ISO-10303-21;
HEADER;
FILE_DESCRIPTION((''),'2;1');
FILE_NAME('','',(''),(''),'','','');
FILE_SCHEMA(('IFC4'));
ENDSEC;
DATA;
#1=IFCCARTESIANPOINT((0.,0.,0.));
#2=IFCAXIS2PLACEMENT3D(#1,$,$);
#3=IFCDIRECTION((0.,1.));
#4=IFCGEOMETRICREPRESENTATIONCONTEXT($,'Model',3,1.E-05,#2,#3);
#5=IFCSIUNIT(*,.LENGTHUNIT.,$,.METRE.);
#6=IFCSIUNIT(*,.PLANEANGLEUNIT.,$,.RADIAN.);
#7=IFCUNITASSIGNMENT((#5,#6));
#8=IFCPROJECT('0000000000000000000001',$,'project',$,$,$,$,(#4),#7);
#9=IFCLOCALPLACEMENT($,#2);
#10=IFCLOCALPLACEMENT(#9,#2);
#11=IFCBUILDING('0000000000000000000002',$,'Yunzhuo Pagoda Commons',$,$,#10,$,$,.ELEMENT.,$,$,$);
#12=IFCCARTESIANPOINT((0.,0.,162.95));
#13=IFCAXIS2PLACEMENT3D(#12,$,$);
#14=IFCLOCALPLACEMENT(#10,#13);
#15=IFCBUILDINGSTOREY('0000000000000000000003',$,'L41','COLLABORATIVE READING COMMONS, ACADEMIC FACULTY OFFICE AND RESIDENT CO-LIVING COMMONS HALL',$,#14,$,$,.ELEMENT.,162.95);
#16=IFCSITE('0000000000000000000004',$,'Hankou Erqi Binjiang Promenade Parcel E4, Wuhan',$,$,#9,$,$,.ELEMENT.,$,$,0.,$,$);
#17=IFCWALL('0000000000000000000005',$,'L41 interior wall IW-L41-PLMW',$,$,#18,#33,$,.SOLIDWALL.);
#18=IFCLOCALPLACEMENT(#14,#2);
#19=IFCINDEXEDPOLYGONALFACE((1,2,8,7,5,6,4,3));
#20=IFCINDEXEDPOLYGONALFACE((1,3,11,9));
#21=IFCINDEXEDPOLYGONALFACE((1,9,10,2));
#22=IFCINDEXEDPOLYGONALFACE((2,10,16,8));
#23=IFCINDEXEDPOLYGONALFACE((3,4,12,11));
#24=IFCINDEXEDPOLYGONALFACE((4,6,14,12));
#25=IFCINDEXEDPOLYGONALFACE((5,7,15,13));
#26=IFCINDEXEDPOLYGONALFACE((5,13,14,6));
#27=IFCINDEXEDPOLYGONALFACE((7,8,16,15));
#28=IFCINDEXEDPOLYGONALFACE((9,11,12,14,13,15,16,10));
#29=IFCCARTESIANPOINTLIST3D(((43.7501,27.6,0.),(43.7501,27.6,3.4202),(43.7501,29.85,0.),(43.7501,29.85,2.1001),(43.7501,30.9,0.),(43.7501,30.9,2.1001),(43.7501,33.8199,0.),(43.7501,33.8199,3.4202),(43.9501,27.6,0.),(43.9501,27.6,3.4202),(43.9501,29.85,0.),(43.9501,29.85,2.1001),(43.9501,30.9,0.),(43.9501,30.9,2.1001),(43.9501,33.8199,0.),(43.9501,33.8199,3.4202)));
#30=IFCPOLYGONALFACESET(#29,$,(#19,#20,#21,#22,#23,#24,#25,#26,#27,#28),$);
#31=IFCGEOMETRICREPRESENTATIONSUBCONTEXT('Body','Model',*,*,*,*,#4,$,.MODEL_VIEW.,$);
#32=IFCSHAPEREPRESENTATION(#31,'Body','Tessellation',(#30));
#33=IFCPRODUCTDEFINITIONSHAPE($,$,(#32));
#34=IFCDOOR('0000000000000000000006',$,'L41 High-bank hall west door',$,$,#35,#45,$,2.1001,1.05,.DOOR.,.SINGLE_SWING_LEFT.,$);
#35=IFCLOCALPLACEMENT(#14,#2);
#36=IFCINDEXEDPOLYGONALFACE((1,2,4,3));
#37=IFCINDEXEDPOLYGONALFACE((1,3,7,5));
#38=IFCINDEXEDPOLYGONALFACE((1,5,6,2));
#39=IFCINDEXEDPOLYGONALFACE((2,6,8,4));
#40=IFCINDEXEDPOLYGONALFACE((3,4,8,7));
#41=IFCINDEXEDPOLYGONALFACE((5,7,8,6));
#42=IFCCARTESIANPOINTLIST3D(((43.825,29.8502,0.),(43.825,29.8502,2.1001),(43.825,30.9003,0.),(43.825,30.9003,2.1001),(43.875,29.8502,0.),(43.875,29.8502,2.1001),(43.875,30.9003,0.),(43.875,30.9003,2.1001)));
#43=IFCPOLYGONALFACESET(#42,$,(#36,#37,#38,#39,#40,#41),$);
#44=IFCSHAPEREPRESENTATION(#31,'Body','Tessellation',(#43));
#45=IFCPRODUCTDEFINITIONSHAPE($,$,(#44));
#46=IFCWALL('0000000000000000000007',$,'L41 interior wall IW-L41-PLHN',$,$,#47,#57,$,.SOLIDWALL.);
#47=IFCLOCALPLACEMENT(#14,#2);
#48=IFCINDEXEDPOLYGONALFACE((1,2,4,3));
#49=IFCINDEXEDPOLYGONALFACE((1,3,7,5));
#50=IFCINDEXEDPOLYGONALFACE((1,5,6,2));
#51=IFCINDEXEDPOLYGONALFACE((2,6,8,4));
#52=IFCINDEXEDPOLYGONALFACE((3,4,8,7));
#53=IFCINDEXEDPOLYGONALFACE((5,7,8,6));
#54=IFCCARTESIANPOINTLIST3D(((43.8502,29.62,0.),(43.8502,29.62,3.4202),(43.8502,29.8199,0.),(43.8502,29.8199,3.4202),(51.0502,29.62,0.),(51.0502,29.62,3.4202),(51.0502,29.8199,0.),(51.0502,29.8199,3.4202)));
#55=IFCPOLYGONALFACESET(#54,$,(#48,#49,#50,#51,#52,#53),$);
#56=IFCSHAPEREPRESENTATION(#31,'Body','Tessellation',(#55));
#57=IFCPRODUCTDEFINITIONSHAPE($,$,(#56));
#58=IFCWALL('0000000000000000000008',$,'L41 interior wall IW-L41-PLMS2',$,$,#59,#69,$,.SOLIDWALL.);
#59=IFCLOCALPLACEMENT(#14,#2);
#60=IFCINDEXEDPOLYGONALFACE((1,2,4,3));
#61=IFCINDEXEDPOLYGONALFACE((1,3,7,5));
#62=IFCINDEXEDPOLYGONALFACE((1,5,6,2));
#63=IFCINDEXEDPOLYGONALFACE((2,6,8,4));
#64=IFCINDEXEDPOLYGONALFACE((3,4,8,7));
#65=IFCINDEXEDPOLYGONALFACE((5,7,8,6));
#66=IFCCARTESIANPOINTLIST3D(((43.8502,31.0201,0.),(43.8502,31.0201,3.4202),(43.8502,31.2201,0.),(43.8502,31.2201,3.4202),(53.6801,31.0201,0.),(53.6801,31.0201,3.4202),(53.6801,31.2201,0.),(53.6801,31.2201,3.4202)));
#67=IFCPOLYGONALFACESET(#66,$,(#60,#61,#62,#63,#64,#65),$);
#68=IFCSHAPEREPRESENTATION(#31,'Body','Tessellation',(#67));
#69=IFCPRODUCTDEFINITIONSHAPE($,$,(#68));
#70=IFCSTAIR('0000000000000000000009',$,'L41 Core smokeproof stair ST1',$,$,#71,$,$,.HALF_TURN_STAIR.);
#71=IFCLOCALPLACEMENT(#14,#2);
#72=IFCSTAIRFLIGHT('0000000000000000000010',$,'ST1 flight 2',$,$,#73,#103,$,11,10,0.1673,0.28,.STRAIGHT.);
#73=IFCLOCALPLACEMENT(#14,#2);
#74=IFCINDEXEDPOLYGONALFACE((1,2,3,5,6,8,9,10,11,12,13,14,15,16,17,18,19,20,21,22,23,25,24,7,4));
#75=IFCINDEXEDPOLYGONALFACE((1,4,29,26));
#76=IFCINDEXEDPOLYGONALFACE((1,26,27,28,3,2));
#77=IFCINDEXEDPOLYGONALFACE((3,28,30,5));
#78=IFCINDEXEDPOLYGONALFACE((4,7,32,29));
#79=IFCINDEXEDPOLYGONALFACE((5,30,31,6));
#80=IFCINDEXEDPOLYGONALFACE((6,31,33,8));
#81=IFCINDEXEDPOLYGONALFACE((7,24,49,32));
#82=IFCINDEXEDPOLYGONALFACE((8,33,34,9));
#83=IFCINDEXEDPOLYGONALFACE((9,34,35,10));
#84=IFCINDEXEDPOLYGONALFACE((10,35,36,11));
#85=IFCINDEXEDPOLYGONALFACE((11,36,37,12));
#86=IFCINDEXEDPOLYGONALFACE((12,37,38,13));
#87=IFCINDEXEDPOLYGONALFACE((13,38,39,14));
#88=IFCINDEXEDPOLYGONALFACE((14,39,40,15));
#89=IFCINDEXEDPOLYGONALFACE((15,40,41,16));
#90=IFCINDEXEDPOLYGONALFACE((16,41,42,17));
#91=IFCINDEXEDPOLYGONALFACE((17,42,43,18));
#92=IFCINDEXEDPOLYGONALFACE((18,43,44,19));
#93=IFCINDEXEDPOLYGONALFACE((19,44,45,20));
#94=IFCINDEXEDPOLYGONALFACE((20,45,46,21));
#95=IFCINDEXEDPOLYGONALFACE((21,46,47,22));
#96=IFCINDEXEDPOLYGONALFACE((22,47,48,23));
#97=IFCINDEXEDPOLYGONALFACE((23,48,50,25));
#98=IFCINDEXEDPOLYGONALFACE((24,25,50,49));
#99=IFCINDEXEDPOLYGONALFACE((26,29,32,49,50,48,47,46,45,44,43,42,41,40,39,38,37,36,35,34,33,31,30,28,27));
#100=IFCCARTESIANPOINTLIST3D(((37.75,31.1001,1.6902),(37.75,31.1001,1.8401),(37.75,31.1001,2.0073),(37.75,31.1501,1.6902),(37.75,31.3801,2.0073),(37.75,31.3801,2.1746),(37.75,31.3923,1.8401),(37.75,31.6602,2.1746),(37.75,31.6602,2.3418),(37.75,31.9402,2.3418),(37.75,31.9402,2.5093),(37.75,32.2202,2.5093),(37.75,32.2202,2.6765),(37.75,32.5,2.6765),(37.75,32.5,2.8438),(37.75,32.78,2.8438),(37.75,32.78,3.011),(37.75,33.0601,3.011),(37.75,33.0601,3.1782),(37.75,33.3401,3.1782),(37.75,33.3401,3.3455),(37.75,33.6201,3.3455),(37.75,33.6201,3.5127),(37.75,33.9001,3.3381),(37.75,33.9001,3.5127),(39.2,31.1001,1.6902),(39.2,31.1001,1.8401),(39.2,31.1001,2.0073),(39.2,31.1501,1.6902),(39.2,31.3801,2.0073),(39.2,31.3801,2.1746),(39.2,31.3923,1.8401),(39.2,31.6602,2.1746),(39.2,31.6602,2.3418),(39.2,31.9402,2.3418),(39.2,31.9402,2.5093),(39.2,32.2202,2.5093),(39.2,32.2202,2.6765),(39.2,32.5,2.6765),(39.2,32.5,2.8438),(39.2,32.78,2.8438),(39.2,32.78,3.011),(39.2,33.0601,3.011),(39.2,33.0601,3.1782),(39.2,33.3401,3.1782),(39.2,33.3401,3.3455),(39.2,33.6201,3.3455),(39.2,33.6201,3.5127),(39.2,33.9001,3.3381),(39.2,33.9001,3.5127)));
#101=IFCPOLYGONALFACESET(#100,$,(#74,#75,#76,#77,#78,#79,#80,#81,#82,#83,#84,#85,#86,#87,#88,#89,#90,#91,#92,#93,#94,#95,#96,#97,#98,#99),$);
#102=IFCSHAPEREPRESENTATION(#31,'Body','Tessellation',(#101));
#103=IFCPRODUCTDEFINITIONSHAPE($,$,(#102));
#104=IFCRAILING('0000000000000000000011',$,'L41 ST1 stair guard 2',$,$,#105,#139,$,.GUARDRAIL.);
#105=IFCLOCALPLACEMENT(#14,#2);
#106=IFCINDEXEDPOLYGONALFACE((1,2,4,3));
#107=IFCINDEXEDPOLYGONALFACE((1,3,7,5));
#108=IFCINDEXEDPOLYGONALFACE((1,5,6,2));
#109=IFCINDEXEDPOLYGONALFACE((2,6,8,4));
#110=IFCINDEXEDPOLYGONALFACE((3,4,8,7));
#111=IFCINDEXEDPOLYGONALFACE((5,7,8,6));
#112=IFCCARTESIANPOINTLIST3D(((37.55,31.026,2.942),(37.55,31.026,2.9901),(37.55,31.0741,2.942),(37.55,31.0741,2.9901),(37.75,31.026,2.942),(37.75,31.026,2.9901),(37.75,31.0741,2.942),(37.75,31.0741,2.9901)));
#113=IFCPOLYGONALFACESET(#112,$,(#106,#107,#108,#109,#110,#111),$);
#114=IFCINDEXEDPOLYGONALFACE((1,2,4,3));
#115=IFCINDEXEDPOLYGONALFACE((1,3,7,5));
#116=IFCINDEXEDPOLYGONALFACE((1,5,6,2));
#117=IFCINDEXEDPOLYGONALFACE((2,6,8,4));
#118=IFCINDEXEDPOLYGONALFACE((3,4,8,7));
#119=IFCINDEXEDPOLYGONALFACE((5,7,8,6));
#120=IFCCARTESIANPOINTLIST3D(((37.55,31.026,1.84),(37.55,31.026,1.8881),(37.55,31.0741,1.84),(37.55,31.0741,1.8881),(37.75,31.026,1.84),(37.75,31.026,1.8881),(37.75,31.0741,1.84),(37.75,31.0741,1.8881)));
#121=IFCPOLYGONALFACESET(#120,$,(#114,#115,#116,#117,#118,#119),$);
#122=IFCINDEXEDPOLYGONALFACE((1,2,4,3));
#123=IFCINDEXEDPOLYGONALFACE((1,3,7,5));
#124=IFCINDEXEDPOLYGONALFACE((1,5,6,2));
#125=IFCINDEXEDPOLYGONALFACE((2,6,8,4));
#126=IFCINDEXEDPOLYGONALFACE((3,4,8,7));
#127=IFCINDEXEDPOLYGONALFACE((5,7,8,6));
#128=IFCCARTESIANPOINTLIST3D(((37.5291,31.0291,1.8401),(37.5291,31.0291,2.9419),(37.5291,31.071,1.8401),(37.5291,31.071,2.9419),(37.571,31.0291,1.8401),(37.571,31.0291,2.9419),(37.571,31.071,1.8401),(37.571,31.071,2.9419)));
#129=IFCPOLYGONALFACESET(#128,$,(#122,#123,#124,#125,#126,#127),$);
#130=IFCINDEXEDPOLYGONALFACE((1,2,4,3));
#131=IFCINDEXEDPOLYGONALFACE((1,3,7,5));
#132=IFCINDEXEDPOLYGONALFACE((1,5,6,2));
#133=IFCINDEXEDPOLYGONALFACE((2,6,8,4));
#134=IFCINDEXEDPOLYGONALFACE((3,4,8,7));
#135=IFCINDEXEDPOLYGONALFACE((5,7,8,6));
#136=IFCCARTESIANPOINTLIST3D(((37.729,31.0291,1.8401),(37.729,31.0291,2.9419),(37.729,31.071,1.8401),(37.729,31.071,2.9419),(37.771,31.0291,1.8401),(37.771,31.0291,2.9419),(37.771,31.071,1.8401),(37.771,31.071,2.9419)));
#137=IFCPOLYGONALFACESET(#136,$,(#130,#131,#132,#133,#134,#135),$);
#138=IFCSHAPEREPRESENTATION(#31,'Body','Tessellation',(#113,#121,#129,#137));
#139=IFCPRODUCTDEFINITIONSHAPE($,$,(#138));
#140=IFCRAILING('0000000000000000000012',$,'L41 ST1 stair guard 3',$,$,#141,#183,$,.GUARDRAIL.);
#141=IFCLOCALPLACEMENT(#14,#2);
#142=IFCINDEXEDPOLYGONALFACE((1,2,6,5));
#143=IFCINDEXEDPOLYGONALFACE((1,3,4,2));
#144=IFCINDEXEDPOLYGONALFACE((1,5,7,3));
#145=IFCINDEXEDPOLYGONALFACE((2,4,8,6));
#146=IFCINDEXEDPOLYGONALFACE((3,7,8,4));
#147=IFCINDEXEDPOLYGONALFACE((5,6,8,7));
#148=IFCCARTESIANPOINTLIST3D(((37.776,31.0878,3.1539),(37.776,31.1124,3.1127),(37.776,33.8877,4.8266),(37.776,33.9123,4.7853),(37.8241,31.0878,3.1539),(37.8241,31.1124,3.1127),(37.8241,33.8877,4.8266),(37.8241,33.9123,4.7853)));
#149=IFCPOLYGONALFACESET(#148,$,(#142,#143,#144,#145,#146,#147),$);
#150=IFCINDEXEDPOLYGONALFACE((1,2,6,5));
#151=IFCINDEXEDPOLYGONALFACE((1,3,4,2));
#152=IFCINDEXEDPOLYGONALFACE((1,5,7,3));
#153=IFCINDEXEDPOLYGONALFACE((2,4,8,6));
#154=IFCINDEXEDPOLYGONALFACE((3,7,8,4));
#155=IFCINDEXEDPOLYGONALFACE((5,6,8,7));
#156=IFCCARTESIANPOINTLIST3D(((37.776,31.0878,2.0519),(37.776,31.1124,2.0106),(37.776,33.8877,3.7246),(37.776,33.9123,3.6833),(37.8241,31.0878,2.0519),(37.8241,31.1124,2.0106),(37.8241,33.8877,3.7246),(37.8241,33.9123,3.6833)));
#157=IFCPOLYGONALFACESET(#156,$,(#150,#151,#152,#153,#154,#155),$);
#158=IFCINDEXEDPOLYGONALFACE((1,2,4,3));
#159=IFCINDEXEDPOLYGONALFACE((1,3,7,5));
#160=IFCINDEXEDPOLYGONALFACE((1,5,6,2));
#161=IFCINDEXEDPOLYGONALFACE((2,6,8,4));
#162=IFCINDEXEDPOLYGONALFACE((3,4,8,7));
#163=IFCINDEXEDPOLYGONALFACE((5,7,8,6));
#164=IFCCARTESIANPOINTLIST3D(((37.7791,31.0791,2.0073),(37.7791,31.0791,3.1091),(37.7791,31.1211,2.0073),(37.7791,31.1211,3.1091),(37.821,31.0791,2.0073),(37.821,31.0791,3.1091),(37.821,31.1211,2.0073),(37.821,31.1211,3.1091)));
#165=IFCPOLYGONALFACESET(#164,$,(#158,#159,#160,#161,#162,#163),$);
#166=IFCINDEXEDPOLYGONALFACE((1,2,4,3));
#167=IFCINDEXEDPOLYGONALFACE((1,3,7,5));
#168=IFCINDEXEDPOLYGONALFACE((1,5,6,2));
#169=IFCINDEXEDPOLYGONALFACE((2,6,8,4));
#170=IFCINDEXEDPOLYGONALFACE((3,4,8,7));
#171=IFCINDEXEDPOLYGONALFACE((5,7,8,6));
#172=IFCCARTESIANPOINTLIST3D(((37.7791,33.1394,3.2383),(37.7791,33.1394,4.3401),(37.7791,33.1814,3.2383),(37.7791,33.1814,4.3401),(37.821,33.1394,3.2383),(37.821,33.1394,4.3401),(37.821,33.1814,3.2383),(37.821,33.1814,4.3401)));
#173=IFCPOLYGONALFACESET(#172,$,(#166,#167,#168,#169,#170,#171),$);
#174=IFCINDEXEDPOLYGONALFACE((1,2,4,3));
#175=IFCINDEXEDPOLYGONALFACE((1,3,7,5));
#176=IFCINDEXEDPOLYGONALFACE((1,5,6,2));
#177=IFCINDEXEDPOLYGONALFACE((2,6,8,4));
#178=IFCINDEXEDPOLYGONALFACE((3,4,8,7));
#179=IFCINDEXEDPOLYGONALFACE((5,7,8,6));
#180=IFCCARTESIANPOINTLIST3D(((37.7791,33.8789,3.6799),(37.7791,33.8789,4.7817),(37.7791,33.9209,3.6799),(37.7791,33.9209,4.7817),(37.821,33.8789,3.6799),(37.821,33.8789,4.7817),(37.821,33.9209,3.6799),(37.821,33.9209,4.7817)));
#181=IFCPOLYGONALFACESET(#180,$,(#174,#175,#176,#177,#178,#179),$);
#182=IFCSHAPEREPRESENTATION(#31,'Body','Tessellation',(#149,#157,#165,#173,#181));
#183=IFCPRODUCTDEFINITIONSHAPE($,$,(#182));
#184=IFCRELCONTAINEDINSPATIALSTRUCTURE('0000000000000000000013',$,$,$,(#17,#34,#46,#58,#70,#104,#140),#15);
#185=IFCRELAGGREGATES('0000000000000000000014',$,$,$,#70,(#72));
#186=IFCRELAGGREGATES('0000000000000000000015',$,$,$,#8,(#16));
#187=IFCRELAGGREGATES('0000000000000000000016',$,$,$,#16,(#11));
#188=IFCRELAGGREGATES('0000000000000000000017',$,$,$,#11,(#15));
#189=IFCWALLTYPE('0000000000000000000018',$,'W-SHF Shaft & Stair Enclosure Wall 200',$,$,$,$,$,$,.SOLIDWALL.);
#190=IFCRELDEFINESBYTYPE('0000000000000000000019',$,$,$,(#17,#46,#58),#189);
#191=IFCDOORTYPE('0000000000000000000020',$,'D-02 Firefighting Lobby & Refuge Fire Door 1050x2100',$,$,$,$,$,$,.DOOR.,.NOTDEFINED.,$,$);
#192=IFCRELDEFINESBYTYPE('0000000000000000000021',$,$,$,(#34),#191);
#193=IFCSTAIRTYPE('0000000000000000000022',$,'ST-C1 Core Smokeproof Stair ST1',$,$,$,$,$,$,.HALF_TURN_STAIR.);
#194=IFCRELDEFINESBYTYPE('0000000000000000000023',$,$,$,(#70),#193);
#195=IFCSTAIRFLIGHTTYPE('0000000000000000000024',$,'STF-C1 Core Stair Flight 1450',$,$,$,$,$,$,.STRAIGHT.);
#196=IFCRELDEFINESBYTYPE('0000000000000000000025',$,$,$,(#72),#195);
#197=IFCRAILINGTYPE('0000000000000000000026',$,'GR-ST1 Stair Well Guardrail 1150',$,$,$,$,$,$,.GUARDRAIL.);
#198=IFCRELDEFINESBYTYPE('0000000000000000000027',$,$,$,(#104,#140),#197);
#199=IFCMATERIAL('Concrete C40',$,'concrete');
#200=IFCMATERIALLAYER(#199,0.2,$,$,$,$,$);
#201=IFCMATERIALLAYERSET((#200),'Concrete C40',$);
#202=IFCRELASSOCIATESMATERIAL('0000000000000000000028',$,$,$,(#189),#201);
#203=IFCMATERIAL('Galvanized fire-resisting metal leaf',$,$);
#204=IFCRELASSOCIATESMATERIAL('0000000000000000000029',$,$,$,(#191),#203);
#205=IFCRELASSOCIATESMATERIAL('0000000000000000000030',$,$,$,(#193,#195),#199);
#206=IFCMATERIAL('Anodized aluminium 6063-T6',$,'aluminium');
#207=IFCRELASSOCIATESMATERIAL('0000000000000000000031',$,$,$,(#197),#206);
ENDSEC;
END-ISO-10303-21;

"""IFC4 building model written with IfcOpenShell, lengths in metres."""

from ifc_helpers import new_model, si_unit, direction, frame, frame_2d, origin, origin_2d, place, context, subcontext, project, spatial, polyline, rectangle, outline, extrude, source, transform, mapped, material, layer, layer_set, type_object, element, fill, aggregate, save


model = new_model("IFC4")

# Units and contexts
model_context = context("Model", 3, precision=1e-05, world=origin(), true_north=direction((0.0, 1.0)))
body_context = subcontext(model_context, "Body", "Model", "MODEL_VIEW")
ifc_project = project(units=[si_unit("LENGTHUNIT", "METRE"), si_unit("PLANEANGLEUNIT", "RADIAN")], contexts=[model_context])

# Site, building, storey
site_placement = place(None, origin())
site = spatial("IfcSite", under=ifc_project, at=site_placement, Name="Hankou Erqi Binjiang Promenade Parcel E4, Wuhan", CompositionType="ELEMENT", RefElevation=0.0)
building_placement = place(site_placement, origin())
building = spatial("IfcBuilding", under=site, at=building_placement, Name="Yunzhuo Pagoda Commons", CompositionType="ELEMENT")
storey_placement = place(building_placement, frame((0.0, 0.0, 162.95)))
storey = spatial("IfcBuildingStorey", under=building, at=storey_placement, Name="L41", Description="COLLABORATIVE READING COMMONS, ACADEMIC FACULTY OFFICE AND RESIDENT CO-LIVING COMMONS HALL", CompositionType="ELEMENT", Elevation=162.95)

# Shared definitions
ifc_material_1 = material(Name="Galvanized fire-resisting metal leaf")

# Wall, opening, door
ifc_material_2 = material(Name="Concrete C40", Category="concrete")
ifc_layer_1 = layer(ifc_material_2, 0.2)
ifc_layer_set_1 = layer_set([ifc_layer_1], Name="Concrete C40")
wall_type_1 = type_object("IfcWallType", Name="W-SHF Shaft & Stair Enclosure Wall 200", PredefinedType="SOLIDWALL", material=ifc_layer_set_1)
wall_1_placement = place(storey_placement, frame((43.8501, 27.6001, 0.0), z_axis=(0.0, 0.0, 1.0), x_axis=(0.0, 1.0, 0.0)))
wall_1 = element("IfcWall", 1, at=wall_1_placement, inside=storey, type_object=wall_type_1, Name="L41 interior wall IW-L41-PLMW", PredefinedType="SOLIDWALL", context=body_context, shape_type="SweptSolid", body=[
    extrude(rectangle(XDim=6.22, YDim=0.2, at=frame_2d((3.1099, 0.0))), origin(), (0.0, 0.0, 1.0), 3.4202),
])
opening_1_placement = place(wall_1_placement, frame((2.25, 0.0, 0.0)))
opening_1 = element("IfcOpeningElement", 2, at=opening_1_placement, cuts=wall_1, PredefinedType="OPENING", context=body_context, shape_type="SweptSolid", body=[
    extrude(rectangle(XDim=1.05, YDim=2.1001, at=frame_2d((0.5249, 1.05))), frame((0.0, 0.1099, 0.0), z_axis=(0.0, -1.0, 0.0), x_axis=(1.0, 0.0, 0.0)), (0.0, 0.0, 1.0), 0.22),
])
door_type_1 = type_object("IfcDoorType", Name="D-02 Firefighting Lobby & Refuge Fire Door 1050x2100", OperationType="NOTDEFINED", PredefinedType="DOOR", material=ifc_material_1)
shared_shape_1 = source(origin(), body_context, "Body", "SweptSolid", [
    extrude(rectangle(XDim=1.05, YDim=2.1001, at=frame_2d((0.5249, 1.05))), frame((0.0, 0.0249, 0.0), z_axis=(0.0, -1.0, 0.0), x_axis=(1.0, 0.0, 0.0)), (0.0, 0.0, 1.0), 0.05),
])
door_1_placement = place(opening_1_placement, frame((1.05, 0.0, 0.0), z_axis=(0.0, 0.0, 1.0), x_axis=(-1.0, 0.0, 0.0)))
door_1 = element("IfcDoor", 3, at=door_1_placement, inside=storey, type_object=door_type_1, Name="L41 High-bank hall west door", OperationType="SINGLE_SWING_LEFT", OverallHeight=2.1001, OverallWidth=1.05, PredefinedType="DOOR", context=body_context, shape_type="MappedRepresentation", body=[
    mapped(shared_shape_1, transform((0.0, 0.0, 0.0), scale=1.0)),
])
fill(opening_1, door_1)

# Walls
wall_2_placement = place(storey_placement, frame((43.8501, 29.72, 0.0), z_axis=(0.0, 0.0, 1.0), x_axis=(1.0, 0.0, 0.0)))
element("IfcWall", 4, at=wall_2_placement, inside=storey, type_object=wall_type_1, Name="L41 interior wall IW-L41-PLHN", PredefinedType="SOLIDWALL", context=body_context, shape_type="SweptSolid", body=[
    extrude(rectangle(XDim=7.2, YDim=0.2, at=frame_2d((3.6001, 0.0))), origin(), (0.0, 0.0, 1.0), 3.4202),
])
wall_3_placement = place(storey_placement, frame((43.8501, 31.1201, 0.0), z_axis=(0.0, 0.0, 1.0), x_axis=(1.0, 0.0, 0.0)))
element("IfcWall", 5, at=wall_3_placement, inside=storey, type_object=wall_type_1, Name="L41 interior wall IW-L41-PLMS2", PredefinedType="SOLIDWALL", context=body_context, shape_type="SweptSolid", body=[
    extrude(rectangle(XDim=9.8298, YDim=0.2, at=frame_2d((4.915, 0.0))), origin(), (0.0, 0.0, 1.0), 3.4202),
])

# Stair, stair flight
stair_type = type_object("IfcStairType", Name="ST-C1 Core Smokeproof Stair ST1", PredefinedType="HALF_TURN_STAIR", material=ifc_material_2)
stair_placement = place(storey_placement, origin())
stair = element("IfcStair", 6, at=stair_placement, inside=storey, type_object=stair_type, Name="L41 Core smokeproof stair ST1", PredefinedType="HALF_TURN_STAIR")
stair_flight_type = type_object("IfcStairFlightType", Name="STF-C1 Core Stair Flight 1450", PredefinedType="STRAIGHT", material=ifc_material_2)
shared_shape_2 = source(origin(), body_context, "Body", "SweptSolid", [
    extrude(outline(polyline([(0.0, -0.1499), (0.0, 0.0), (0.0, 0.1672), (0.28, 0.1672), (0.28, 0.3345), (0.5601, 0.3345), (0.5601, 0.5017), (0.8401, 0.5017), (0.8401, 0.6692), (1.1201, 0.6692), (1.1201, 0.8364), (1.3999, 0.8364), (1.3999, 1.0037), (1.6799, 1.0037), (1.6799, 1.1709), (1.96, 1.1709), (1.96, 1.3381), (2.24, 1.3381), (2.24, 1.5054), (2.52, 1.5054), (2.52, 1.6726), (2.8, 1.6726), (2.8, 1.8401), (2.8, 1.498), (0.2922, 0.0), (0.05, -0.1499), (0.0, -0.1499)])), frame((0.0, 0.7251, 0.0), z_axis=(0.0, -1.0, 0.0), x_axis=(1.0, 0.0, 0.0)), (0.0, 0.0, 1.0), 1.45),
])
stair_flight_placement = place(storey_placement, frame((38.4751, 31.1001, 1.8401), z_axis=(0.0, 0.0, 1.0), x_axis=(0.0, 1.0, 0.0)))
stair_flight = element("IfcStairFlight", 7, at=stair_flight_placement, type_object=stair_flight_type, Name="ST1 flight 2", NumberOfRisers=11, NumberOfTreads=10, PredefinedType="STRAIGHT", RiserHeight=0.1673, TreadLength=0.28, context=body_context, shape_type="MappedRepresentation", body=[
    mapped(shared_shape_2, transform((0.0, 0.0, 0.0), scale=1.0)),
])
aggregate(stair, [stair_flight])

# Railings
ifc_material_3 = material(Name="Anodized aluminium 6063-T6", Category="aluminium")
railing_type_1 = type_object("IfcRailingType", Name="GR-ST1 Stair Well Guardrail 1150", PredefinedType="GUARDRAIL", material=ifc_material_3)
railing_1_placement = place(storey_placement, frame((37.55, 31.05, 1.8401)))
element("IfcRailing", 8, at=railing_1_placement, inside=storey, type_object=railing_type_1, Name="L41 ST1 stair guard 2", PredefinedType="GUARDRAIL", context=body_context, shape_type="SweptSolid", body=[
    extrude(rectangle(XDim=0.0481, YDim=0.0481, at=origin_2d()), frame((0.0, 0.0, 1.126), z_axis=(1.0, 0.0, 0.0), x_axis=(0.0, 1.0, 0.0)), (0.0, 0.0, 1.0), 0.2),
    extrude(rectangle(XDim=0.0481, YDim=0.0481, at=origin_2d()), frame((0.0, 0.0, 0.0239), z_axis=(1.0, 0.0, 0.0), x_axis=(0.0, 1.0, 0.0)), (0.0, 0.0, 1.0), 0.2),
    extrude(rectangle(XDim=0.042, YDim=0.042, at=origin_2d()), origin(), (0.0, 0.0, 1.0), 1.1018),
    extrude(rectangle(XDim=0.042, YDim=0.042, at=origin_2d()), frame((0.2, 0.0, 0.0)), (0.0, 0.0, 1.0), 1.1018),
])
railing_2_placement = place(storey_placement, frame((37.8, 31.1001, 2.0073)))
element("IfcRailing", 9, at=railing_2_placement, inside=storey, type_object=railing_type_1, Name="L41 ST1 stair guard 3", PredefinedType="GUARDRAIL", context=body_context, shape_type="SweptSolid", body=[
    extrude(rectangle(XDim=0.0481, YDim=0.0481, at=origin_2d()), frame((0.0, 0.0, 1.126), z_axis=(0.0, 0.858476, 0.512855), x_axis=(-1.0, 0.0, 0.0)), (0.0, 0.0, 1.0), 3.2615),
    extrude(rectangle(XDim=0.0481, YDim=0.0481, at=origin_2d()), frame((0.0, 0.0, 0.0239), z_axis=(0.0, 0.858476, 0.512855), x_axis=(-1.0, 0.0, 0.0)), (0.0, 0.0, 1.0), 3.2615),
    extrude(rectangle(XDim=0.042, YDim=0.042, at=origin_2d()), origin(), (0.0, 0.0, 1.0), 1.1018),
    extrude(rectangle(XDim=0.042, YDim=0.042, at=origin_2d()), frame((0.0, 2.0603, 1.231)), (0.0, 0.0, 1.0), 1.1018),
    extrude(rectangle(XDim=0.042, YDim=0.042, at=origin_2d()), frame((0.0, 2.7998, 1.6726)), (0.0, 0.0, 1.0), 1.1018),
])

save(model, "model.ifc")
